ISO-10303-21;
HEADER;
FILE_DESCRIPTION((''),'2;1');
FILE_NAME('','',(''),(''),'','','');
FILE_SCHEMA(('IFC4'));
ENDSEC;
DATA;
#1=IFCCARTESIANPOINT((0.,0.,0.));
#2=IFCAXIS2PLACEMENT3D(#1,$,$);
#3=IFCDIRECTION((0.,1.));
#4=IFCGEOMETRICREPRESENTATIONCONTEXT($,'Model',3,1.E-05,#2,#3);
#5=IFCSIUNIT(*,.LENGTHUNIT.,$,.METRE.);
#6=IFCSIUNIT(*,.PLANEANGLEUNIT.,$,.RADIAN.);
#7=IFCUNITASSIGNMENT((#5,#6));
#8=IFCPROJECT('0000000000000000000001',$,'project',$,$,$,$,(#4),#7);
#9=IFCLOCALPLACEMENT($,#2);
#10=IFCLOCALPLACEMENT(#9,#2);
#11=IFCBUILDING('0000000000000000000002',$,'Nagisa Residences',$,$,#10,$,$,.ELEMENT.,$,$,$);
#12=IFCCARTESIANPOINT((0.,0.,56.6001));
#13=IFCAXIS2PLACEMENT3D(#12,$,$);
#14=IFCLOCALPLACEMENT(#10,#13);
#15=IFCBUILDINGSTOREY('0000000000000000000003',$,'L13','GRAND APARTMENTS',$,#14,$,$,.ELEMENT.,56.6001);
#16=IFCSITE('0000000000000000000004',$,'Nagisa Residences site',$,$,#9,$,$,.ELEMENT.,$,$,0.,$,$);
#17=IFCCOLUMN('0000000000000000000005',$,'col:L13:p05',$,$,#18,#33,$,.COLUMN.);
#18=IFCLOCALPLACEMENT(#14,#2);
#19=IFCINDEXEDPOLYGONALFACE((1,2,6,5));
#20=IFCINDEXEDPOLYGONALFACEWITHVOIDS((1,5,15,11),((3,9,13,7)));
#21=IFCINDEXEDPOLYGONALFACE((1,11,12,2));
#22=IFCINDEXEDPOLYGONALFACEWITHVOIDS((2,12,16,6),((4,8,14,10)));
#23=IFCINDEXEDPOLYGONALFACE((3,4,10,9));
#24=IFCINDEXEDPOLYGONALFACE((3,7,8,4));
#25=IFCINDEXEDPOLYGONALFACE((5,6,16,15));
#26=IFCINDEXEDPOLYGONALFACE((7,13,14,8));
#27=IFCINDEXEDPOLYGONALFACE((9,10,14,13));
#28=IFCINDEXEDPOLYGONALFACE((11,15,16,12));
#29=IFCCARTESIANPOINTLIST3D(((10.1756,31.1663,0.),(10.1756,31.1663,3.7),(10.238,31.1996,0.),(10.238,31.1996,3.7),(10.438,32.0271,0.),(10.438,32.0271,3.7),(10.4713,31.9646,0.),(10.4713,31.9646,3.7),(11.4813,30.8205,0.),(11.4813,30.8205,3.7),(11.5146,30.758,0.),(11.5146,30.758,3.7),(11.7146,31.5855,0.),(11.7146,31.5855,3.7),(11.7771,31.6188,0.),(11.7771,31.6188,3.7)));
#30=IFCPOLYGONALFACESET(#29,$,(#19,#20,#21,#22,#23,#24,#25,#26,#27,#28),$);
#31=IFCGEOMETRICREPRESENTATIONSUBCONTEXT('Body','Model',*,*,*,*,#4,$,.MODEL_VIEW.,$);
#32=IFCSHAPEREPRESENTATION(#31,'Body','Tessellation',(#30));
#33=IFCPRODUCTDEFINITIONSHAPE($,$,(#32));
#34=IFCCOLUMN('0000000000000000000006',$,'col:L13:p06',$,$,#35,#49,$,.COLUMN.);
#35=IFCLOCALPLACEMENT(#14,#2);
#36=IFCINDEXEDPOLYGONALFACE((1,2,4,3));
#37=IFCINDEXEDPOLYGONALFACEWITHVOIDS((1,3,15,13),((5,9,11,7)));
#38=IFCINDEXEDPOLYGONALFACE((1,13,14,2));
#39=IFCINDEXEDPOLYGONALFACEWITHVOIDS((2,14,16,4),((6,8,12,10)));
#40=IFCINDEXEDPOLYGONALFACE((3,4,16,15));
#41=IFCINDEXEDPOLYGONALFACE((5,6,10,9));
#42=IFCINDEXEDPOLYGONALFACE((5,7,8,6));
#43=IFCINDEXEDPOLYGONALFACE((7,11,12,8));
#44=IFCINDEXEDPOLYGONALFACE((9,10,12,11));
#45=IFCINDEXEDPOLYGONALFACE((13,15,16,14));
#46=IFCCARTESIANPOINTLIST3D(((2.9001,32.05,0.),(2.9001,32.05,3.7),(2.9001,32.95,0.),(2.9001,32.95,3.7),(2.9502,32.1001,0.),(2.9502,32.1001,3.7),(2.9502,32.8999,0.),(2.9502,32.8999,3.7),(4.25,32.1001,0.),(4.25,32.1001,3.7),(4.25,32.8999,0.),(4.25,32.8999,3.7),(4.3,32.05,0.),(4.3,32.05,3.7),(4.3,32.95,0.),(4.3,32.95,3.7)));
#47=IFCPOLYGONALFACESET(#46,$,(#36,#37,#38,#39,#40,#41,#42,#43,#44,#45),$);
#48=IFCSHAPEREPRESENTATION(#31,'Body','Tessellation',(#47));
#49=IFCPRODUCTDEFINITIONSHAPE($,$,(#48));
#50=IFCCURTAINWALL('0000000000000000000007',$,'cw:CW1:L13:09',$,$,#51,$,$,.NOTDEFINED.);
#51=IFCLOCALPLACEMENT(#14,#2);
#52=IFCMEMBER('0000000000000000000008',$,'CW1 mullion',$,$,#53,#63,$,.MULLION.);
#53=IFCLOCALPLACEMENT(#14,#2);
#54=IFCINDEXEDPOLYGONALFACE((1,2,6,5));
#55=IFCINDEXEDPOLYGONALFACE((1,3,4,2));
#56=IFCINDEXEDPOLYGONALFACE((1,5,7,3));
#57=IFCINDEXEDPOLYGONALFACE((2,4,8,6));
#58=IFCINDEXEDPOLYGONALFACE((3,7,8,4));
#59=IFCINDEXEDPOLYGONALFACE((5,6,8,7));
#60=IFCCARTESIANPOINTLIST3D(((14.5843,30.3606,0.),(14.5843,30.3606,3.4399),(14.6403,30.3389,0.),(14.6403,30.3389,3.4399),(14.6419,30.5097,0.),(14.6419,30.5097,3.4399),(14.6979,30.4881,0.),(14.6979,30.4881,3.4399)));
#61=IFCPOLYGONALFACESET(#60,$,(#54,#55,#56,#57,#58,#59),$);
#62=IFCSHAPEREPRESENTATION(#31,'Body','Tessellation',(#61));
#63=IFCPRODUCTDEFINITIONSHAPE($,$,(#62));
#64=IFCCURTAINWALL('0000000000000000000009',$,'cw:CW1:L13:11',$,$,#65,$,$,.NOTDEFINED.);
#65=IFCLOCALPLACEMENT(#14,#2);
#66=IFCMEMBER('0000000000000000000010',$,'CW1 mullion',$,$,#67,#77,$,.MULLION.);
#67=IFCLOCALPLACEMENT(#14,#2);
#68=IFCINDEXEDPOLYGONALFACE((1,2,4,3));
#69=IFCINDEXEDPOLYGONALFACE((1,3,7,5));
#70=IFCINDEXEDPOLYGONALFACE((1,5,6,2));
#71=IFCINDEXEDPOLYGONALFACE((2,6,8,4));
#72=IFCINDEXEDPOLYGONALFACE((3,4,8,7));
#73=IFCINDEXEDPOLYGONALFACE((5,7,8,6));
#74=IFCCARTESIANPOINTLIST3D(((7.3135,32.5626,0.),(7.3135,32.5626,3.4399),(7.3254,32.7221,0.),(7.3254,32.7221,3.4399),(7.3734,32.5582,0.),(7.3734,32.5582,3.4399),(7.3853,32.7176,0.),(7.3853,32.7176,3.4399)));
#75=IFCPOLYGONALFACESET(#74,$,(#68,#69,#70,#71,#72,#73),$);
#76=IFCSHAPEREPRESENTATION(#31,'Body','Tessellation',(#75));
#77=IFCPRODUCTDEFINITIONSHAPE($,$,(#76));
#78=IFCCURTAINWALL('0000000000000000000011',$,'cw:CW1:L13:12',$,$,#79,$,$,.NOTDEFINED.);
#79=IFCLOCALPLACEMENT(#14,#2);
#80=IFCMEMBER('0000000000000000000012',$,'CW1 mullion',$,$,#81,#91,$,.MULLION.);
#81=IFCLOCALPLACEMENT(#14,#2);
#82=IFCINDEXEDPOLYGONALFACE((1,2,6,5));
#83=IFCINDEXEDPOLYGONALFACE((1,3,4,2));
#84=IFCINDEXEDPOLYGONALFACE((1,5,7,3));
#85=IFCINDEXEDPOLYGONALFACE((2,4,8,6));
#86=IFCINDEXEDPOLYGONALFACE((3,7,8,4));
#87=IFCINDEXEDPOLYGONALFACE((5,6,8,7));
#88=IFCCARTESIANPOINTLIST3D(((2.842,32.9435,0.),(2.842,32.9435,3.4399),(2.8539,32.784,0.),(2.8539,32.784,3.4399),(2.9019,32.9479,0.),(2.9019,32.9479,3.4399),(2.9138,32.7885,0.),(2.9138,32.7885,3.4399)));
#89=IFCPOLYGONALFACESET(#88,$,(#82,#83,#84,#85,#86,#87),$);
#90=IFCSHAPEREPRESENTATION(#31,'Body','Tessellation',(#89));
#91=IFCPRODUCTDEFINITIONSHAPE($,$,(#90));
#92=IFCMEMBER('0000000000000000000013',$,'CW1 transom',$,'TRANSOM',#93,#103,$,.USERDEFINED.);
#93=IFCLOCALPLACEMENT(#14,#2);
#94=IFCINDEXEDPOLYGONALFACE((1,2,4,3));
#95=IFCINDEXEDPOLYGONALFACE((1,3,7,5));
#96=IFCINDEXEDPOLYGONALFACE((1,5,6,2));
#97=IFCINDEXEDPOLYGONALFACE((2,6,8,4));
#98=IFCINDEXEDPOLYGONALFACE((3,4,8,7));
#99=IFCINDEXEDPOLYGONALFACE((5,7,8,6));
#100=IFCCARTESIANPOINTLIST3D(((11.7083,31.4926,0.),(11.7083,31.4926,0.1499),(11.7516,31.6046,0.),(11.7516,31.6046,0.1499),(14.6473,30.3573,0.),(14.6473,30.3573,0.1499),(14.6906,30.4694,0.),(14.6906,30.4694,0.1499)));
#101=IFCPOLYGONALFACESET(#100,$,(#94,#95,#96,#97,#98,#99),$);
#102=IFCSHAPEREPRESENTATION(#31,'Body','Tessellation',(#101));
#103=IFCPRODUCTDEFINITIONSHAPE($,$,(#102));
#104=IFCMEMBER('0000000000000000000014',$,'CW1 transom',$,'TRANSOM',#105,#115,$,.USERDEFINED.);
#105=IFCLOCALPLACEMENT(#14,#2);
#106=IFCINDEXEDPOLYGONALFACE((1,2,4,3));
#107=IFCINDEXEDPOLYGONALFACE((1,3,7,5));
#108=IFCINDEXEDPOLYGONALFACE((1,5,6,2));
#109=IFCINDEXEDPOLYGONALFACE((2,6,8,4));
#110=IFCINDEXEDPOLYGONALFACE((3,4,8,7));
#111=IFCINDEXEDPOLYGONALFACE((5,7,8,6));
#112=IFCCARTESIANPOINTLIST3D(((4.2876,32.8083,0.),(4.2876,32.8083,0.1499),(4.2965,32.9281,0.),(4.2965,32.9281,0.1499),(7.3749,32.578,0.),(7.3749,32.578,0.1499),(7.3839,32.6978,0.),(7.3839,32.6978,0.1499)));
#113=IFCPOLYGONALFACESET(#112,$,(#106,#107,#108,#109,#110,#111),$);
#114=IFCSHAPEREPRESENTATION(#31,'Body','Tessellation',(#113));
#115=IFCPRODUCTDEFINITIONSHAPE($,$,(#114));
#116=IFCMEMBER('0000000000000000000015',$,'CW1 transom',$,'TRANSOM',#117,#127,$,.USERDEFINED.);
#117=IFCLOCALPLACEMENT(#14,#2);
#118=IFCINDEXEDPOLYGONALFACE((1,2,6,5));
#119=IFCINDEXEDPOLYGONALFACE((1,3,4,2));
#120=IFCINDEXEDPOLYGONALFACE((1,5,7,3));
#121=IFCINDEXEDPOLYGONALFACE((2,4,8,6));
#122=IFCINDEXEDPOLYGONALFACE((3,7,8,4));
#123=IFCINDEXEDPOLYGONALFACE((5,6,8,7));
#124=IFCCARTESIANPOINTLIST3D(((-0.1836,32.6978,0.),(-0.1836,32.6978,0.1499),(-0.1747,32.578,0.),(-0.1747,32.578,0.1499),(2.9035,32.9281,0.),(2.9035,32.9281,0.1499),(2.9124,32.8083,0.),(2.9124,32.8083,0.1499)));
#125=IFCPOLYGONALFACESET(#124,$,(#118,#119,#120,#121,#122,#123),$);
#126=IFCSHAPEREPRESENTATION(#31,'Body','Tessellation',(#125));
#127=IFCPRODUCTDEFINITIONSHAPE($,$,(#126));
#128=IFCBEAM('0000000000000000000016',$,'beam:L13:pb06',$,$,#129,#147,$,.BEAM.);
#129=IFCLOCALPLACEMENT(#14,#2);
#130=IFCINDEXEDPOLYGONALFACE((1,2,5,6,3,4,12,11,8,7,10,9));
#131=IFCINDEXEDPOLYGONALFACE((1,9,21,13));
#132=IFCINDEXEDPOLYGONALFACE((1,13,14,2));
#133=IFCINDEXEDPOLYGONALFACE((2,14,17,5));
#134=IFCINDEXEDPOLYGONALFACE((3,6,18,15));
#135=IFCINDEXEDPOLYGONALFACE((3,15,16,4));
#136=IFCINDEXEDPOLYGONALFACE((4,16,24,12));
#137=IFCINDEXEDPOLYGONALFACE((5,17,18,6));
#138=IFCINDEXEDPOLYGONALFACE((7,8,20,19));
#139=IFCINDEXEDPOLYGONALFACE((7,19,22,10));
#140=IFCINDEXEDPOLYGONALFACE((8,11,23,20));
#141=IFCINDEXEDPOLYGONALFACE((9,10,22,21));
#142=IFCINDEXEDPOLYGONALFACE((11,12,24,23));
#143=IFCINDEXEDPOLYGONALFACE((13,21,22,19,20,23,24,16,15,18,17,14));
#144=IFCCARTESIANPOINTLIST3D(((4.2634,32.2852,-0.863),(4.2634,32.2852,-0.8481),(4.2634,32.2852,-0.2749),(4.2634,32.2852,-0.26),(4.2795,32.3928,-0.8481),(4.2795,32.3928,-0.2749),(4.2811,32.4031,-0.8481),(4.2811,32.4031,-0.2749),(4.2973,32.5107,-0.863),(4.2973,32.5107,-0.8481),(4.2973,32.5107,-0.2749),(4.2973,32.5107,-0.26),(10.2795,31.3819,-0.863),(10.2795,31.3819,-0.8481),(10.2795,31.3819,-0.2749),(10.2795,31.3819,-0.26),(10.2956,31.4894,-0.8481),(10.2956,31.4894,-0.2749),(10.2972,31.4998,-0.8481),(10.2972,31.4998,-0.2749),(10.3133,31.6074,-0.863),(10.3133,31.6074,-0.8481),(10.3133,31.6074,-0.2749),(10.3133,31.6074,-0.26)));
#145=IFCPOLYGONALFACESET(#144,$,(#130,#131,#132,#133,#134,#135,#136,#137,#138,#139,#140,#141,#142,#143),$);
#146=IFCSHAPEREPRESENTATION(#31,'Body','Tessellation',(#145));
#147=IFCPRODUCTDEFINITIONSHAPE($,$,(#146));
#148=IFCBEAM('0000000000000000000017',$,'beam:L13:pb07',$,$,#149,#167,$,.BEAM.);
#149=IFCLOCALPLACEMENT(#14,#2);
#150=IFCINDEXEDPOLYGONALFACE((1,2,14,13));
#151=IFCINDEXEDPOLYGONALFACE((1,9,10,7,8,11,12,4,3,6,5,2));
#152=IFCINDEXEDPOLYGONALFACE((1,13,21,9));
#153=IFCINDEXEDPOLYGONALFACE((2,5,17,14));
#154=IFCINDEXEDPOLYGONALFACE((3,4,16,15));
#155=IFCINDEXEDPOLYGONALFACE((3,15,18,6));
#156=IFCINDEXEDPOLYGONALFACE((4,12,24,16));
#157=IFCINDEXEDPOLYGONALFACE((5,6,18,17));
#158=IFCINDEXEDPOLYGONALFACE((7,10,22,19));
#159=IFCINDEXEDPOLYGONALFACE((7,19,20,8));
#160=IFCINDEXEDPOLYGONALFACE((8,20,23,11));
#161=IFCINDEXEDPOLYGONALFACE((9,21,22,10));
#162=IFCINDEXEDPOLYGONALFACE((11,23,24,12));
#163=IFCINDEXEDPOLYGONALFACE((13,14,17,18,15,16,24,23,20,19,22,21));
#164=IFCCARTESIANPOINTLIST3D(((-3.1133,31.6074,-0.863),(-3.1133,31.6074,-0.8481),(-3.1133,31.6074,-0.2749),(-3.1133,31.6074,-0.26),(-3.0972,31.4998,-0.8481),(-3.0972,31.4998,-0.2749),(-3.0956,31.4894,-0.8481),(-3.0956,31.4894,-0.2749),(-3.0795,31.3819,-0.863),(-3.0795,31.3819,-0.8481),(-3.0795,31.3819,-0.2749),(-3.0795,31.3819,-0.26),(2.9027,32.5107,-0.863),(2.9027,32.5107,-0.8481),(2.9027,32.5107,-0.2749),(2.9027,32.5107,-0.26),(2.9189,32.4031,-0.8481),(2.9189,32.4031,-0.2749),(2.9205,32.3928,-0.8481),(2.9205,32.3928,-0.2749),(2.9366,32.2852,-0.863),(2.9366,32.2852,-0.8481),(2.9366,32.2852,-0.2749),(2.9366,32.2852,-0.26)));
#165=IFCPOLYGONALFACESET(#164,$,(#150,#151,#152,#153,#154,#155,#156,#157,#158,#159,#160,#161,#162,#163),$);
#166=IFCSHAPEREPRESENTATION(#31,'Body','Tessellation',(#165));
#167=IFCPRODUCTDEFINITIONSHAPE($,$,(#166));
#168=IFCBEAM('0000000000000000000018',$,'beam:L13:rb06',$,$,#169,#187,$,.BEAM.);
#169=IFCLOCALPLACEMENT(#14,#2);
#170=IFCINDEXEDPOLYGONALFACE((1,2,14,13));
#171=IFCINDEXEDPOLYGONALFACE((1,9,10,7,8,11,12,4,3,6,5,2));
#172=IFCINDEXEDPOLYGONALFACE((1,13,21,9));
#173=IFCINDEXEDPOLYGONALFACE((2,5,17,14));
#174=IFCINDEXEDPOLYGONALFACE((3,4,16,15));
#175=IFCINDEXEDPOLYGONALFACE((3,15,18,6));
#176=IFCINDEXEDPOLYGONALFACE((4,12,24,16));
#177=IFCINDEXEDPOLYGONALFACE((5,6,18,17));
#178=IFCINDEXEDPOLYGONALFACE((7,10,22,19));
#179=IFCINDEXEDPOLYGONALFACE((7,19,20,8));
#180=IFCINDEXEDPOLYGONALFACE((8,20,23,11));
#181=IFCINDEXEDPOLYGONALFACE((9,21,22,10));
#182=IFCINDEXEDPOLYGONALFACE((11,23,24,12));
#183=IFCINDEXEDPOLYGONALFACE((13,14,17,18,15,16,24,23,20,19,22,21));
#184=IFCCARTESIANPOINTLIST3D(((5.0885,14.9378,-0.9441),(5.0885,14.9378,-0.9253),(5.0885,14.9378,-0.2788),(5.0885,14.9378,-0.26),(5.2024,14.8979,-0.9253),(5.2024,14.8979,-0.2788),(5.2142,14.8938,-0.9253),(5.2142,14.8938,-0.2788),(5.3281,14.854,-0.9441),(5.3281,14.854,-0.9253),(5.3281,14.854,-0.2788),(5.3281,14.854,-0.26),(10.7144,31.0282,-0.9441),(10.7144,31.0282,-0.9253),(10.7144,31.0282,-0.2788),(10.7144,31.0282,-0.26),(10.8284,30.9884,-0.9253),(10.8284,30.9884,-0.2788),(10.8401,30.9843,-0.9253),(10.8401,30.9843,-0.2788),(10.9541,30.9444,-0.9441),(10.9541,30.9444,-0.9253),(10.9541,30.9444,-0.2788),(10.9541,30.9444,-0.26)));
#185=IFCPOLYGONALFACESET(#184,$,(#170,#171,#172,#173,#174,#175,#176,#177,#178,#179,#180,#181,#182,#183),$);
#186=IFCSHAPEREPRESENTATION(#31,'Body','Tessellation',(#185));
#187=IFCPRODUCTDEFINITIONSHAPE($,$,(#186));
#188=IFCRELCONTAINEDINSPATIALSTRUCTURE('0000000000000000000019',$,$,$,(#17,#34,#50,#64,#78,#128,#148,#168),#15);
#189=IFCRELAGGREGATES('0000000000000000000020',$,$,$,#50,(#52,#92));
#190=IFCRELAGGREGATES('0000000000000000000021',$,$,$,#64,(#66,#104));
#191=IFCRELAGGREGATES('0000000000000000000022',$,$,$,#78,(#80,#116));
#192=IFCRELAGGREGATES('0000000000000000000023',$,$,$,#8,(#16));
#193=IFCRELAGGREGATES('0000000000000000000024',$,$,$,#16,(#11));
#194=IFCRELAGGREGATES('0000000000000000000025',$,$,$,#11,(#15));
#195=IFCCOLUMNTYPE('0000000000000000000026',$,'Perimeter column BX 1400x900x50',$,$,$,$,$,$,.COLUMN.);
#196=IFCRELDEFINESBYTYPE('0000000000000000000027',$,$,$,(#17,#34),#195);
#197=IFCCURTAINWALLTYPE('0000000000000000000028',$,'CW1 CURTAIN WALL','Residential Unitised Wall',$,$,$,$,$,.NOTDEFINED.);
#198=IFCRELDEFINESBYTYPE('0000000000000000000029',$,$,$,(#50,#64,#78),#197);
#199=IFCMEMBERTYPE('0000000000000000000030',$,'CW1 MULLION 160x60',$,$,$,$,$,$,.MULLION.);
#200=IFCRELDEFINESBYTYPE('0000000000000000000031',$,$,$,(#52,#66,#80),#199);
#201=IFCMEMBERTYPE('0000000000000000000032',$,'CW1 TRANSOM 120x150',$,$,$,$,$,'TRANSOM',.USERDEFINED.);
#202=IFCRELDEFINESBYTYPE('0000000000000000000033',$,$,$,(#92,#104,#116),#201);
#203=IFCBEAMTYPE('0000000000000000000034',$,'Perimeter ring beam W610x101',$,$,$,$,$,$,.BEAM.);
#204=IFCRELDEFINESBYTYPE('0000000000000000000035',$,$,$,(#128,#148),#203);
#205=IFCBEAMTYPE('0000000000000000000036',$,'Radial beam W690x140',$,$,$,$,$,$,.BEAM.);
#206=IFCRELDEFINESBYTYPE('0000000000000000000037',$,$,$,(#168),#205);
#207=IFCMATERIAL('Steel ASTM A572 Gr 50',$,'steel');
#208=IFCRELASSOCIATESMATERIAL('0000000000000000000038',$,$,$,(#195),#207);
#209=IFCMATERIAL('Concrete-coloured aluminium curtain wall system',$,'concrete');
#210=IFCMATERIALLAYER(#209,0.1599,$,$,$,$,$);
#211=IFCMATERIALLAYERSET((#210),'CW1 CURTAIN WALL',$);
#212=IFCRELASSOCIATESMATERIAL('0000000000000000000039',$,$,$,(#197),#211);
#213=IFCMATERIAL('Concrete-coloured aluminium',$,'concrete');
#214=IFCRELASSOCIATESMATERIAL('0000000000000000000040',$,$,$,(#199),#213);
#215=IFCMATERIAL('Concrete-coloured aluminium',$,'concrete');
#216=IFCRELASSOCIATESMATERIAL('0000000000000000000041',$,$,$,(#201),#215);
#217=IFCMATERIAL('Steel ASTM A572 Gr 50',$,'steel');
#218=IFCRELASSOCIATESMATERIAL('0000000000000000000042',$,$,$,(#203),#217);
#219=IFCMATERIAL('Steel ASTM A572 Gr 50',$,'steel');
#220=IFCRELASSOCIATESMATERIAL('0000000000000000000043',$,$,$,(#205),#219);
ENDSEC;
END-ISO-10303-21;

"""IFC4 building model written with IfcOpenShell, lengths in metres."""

from ifc_helpers import new_model, si_unit, direction, frame, origin, origin_2d, place, context, subcontext, project, spatial, rectangle, hollow_rectangle, i_section, extrude, material, layer, layer_set, material_profile, profile_set, type_object, element, aggregate, save


model = new_model("IFC4")

# Units and contexts
model_context = context("Model", 3, precision=1e-05, world=origin(), true_north=direction((0.0, 1.0)))
body_context = subcontext(model_context, "Body", "Model", "MODEL_VIEW")
ifc_project = project(units=[si_unit("LENGTHUNIT", "METRE"), si_unit("PLANEANGLEUNIT", "RADIAN")], contexts=[model_context])

# Site, building, storey
site_placement = place(None, origin())
site = spatial("IfcSite", under=ifc_project, at=site_placement, Name="Nagisa Residences site", CompositionType="ELEMENT", RefElevation=0.0)
building_placement = place(site_placement, origin())
building = spatial("IfcBuilding", under=site, at=building_placement, Name="Nagisa Residences", CompositionType="ELEMENT")
storey_placement = place(building_placement, frame((0.0, 0.0, 56.6001)))
storey = spatial("IfcBuildingStorey", under=building, at=storey_placement, Name="L13", Description="GRAND APARTMENTS", CompositionType="ELEMENT", Elevation=56.6001)

# Columns
ifc_material_1 = material(Name="Steel ASTM A572 Gr 50", Category="steel")
ifc_material_profile_1 = material_profile(ifc_material_1, hollow_rectangle(XDim=1.3999, YDim=0.8999, WallThickness=0.05, at=origin_2d()), Name="BX 1400x900x50")
ifc_profile_set_1 = profile_set([ifc_material_profile_1], Name="Steel ASTM A572 Gr 50")
column_type = type_object("IfcColumnType", Name="Perimeter column BX 1400x900x50", PredefinedType="COLUMN", material=ifc_profile_set_1)
for number, where, z_axis, x_axis, name in (
    (1, (10.9763, 31.3926, 0.0), (0.0, 0.0, 1.0), (-0.956525, 0.291652, 0.0), "col:L13:p05"),
    (2, (3.6001, 32.5, 0.0), (0.0, 0.0, 1.0), (-1.0, 0.0, 0.0), "col:L13:p06"),
):
    element("IfcColumn", number, at=place(storey_placement, frame(where, z_axis=z_axis, x_axis=x_axis)), inside=storey, type_object=column_type, Name=name, PredefinedType="COLUMN", context=body_context, shape_type="SweptSolid", body=[
        extrude(hollow_rectangle(XDim=1.3999, YDim=0.8999, WallThickness=0.05, at=origin_2d()), origin(), (0.0, 0.0, 1.0), 3.7),
    ])

# Curtain walls, members
ifc_material_2 = material(Name="Concrete-coloured aluminium curtain wall system", Category="concrete")
ifc_layer_1 = layer(ifc_material_2, 0.1599)
ifc_layer_set_1 = layer_set([ifc_layer_1], Name="CW1 CURTAIN WALL")
curtain_wall_type = type_object("IfcCurtainWallType", Name="CW1 CURTAIN WALL", Description="Residential Unitised Wall", PredefinedType="NOTDEFINED", material=ifc_layer_set_1)
curtain_wall_1_placement = place(storey_placement, origin())
curtain_wall_1 = element("IfcCurtainWall", 3, at=curtain_wall_1_placement, inside=storey, type_object=curtain_wall_type, Name="cw:CW1:L13:09", PredefinedType="NOTDEFINED")
ifc_material_3 = material(Name="Concrete-coloured aluminium", Category="concrete")
ifc_material_profile_2 = material_profile(ifc_material_3, rectangle(XDim=0.1599, YDim=0.0601, at=origin_2d()), Name="CW1 MULLION 160x60")
ifc_profile_set_2 = profile_set([ifc_material_profile_2], Name="Concrete-coloured aluminium")
member_type_1 = type_object("IfcMemberType", Name="CW1 MULLION 160x60", PredefinedType="MULLION", material=ifc_profile_set_2)
member_1_placement = place(storey_placement, frame((14.6411, 30.4243, 0.0), z_axis=(0.0, 0.0, 1.0), x_axis=(-0.360328, -0.932826, 0.0)))
member_1 = element("IfcMember", 4, at=member_1_placement, type_object=member_type_1, Name="CW1 mullion", PredefinedType="MULLION", context=body_context, shape_type="SweptSolid", body=[
    extrude(rectangle(XDim=0.1599, YDim=0.0601, at=origin_2d()), origin(), (0.0, 0.0, 1.0), 3.4399),
])
curtain_wall_2_placement = place(storey_placement, origin())
curtain_wall_2 = element("IfcCurtainWall", 5, at=curtain_wall_2_placement, inside=storey, type_object=curtain_wall_type, Name="cw:CW1:L13:11", PredefinedType="NOTDEFINED")
member_2_placement = place(storey_placement, frame((7.3494, 32.6401, 0.0), z_axis=(0.0, 0.0, 1.0), x_axis=(-0.074377, -0.99723, 0.0)))
member_2 = element("IfcMember", 6, at=member_2_placement, type_object=member_type_1, Name="CW1 mullion", PredefinedType="MULLION", context=body_context, shape_type="SweptSolid", body=[
    extrude(rectangle(XDim=0.1599, YDim=0.0601, at=origin_2d()), origin(), (0.0, 0.0, 1.0), 3.4399),
])
curtain_wall_3_placement = place(storey_placement, origin())
curtain_wall_3 = element("IfcCurtainWall", 7, at=curtain_wall_3_placement, inside=storey, type_object=curtain_wall_type, Name="cw:CW1:L13:12", PredefinedType="NOTDEFINED")
member_3_placement = place(storey_placement, frame((2.8779, 32.866, 0.0), z_axis=(0.0, 0.0, 1.0), x_axis=(0.074377, -0.99723, 0.0)))
member_3 = element("IfcMember", 8, at=member_3_placement, type_object=member_type_1, Name="CW1 mullion", PredefinedType="MULLION", context=body_context, shape_type="SweptSolid", body=[
    extrude(rectangle(XDim=0.1599, YDim=0.0601, at=origin_2d()), origin(), (0.0, 0.0, 1.0), 3.4399),
])

# Members
ifc_material_4 = material(Name="Concrete-coloured aluminium", Category="concrete")
ifc_material_profile_3 = material_profile(ifc_material_4, rectangle(XDim=0.1201, YDim=0.1499, at=origin_2d()), Name="CW1 TRANSOM 120x150")
ifc_profile_set_3 = profile_set([ifc_material_profile_3], Name="Concrete-coloured aluminium")
member_type_2 = type_object("IfcMemberType", Name="CW1 TRANSOM 120x150", ElementType="TRANSOM", PredefinedType="USERDEFINED", material=ifc_profile_set_3)
member_4_placement = place(storey_placement, frame((14.6689, 30.4133, 0.075), z_axis=(-0.932825, 0.360329, 0.0), x_axis=(-0.360329, -0.932825, 0.0)))
member_4 = element("IfcMember", 9, at=member_4_placement, type_object=member_type_2, Name="CW1 transom", ObjectType="TRANSOM", PredefinedType="USERDEFINED", context=body_context, shape_type="SweptSolid", body=[
    extrude(rectangle(XDim=0.1201, YDim=0.1499, at=origin_2d()), origin(), (0.0, 0.0, 1.0), 3.1506),
])
member_5_placement = place(storey_placement, frame((7.3794, 32.6379, 0.075), z_axis=(-0.997231, 0.074363, 0.0), x_axis=(-0.074363, -0.997231, 0.0)))
member_5 = element("IfcMember", 10, at=member_5_placement, type_object=member_type_2, Name="CW1 transom", ObjectType="TRANSOM", PredefinedType="USERDEFINED", context=body_context, shape_type="SweptSolid", body=[
    extrude(rectangle(XDim=0.1201, YDim=0.1499, at=origin_2d()), origin(), (0.0, 0.0, 1.0), 3.0959),
])
member_6_placement = place(storey_placement, frame((2.908, 32.8682, 0.075), z_axis=(-0.997231, -0.074368, 0.0), x_axis=(0.074368, -0.997231, 0.0)))
member_6 = element("IfcMember", 11, at=member_6_placement, type_object=member_type_2, Name="CW1 transom", ObjectType="TRANSOM", PredefinedType="USERDEFINED", context=body_context, shape_type="SweptSolid", body=[
    extrude(rectangle(XDim=0.1201, YDim=0.1499, at=origin_2d()), origin(), (0.0, 0.0, 1.0), 3.0957),
])

# Beams
ifc_material_5 = material(Name="Steel ASTM A572 Gr 50", Category="steel")
ifc_material_profile_4 = material_profile(ifc_material_5, i_section(OverallWidth=0.228, OverallDepth=0.603, WebThickness=0.0105, FlangeThickness=0.0149, at=origin_2d()), Name="W610x101")
ifc_profile_set_4 = profile_set([ifc_material_profile_4], Name="Steel ASTM A572 Gr 50")
beam_type_1 = type_object("IfcBeamType", Name="Perimeter ring beam W610x101", PredefinedType="BEAM", material=ifc_profile_set_4)
for number, where, z_axis, x_axis, name in (
    (12, (10.2964, 31.4946, -0.5615), (-0.988915, 0.148486, 0.0), (-0.148486, -0.988915, 0.0), "beam:L13:pb06"),
    (13, (2.9197, 32.3979, -0.5615), (-0.988915, -0.148486, 0.0), (0.148486, -0.988915, 0.0), "beam:L13:pb07"),
):
    element("IfcBeam", number, at=place(storey_placement, frame(where, z_axis=z_axis, x_axis=x_axis)), inside=storey, type_object=beam_type_1, Name=name, PredefinedType="BEAM", context=body_context, shape_type="SweptSolid", body=[
        extrude(i_section(OverallWidth=0.228, OverallDepth=0.603, WebThickness=0.0105, FlangeThickness=0.0149, at=origin_2d()), origin(), (0.0, 0.0, 1.0), 6.0835),
    ])
ifc_material_6 = material(Name="Steel ASTM A572 Gr 50", Category="steel")
ifc_material_profile_5 = material_profile(ifc_material_6, i_section(OverallWidth=0.2539, OverallDepth=0.6841, WebThickness=0.0125, FlangeThickness=0.0188, at=origin_2d()), Name="W690x140")
ifc_profile_set_5 = profile_set([ifc_material_profile_5], Name="Steel ASTM A572 Gr 50")
beam_type_2 = type_object("IfcBeamType", Name="Radial beam W690x140", PredefinedType="BEAM", material=ifc_profile_set_5)
beam_1_placement = place(storey_placement, frame((10.8342, 30.9863, -0.6021), z_axis=(-0.330051, -0.943963, 0.0), x_axis=(0.943963, -0.330051, 0.0)))
element("IfcBeam", 14, at=beam_1_placement, inside=storey, type_object=beam_type_2, Name="beam:L13:rb06", PredefinedType="BEAM", context=body_context, shape_type="SweptSolid", body=[
    extrude(i_section(OverallWidth=0.2539, OverallDepth=0.6841, WebThickness=0.0125, FlangeThickness=0.0188, at=origin_2d()), origin(), (0.0, 0.0, 1.0), 17.0457),
])

aggregate(curtain_wall_1, [member_1, member_4])
aggregate(curtain_wall_2, [member_2, member_5])
aggregate(curtain_wall_3, [member_3, member_6])

save(model, "model.ifc")
